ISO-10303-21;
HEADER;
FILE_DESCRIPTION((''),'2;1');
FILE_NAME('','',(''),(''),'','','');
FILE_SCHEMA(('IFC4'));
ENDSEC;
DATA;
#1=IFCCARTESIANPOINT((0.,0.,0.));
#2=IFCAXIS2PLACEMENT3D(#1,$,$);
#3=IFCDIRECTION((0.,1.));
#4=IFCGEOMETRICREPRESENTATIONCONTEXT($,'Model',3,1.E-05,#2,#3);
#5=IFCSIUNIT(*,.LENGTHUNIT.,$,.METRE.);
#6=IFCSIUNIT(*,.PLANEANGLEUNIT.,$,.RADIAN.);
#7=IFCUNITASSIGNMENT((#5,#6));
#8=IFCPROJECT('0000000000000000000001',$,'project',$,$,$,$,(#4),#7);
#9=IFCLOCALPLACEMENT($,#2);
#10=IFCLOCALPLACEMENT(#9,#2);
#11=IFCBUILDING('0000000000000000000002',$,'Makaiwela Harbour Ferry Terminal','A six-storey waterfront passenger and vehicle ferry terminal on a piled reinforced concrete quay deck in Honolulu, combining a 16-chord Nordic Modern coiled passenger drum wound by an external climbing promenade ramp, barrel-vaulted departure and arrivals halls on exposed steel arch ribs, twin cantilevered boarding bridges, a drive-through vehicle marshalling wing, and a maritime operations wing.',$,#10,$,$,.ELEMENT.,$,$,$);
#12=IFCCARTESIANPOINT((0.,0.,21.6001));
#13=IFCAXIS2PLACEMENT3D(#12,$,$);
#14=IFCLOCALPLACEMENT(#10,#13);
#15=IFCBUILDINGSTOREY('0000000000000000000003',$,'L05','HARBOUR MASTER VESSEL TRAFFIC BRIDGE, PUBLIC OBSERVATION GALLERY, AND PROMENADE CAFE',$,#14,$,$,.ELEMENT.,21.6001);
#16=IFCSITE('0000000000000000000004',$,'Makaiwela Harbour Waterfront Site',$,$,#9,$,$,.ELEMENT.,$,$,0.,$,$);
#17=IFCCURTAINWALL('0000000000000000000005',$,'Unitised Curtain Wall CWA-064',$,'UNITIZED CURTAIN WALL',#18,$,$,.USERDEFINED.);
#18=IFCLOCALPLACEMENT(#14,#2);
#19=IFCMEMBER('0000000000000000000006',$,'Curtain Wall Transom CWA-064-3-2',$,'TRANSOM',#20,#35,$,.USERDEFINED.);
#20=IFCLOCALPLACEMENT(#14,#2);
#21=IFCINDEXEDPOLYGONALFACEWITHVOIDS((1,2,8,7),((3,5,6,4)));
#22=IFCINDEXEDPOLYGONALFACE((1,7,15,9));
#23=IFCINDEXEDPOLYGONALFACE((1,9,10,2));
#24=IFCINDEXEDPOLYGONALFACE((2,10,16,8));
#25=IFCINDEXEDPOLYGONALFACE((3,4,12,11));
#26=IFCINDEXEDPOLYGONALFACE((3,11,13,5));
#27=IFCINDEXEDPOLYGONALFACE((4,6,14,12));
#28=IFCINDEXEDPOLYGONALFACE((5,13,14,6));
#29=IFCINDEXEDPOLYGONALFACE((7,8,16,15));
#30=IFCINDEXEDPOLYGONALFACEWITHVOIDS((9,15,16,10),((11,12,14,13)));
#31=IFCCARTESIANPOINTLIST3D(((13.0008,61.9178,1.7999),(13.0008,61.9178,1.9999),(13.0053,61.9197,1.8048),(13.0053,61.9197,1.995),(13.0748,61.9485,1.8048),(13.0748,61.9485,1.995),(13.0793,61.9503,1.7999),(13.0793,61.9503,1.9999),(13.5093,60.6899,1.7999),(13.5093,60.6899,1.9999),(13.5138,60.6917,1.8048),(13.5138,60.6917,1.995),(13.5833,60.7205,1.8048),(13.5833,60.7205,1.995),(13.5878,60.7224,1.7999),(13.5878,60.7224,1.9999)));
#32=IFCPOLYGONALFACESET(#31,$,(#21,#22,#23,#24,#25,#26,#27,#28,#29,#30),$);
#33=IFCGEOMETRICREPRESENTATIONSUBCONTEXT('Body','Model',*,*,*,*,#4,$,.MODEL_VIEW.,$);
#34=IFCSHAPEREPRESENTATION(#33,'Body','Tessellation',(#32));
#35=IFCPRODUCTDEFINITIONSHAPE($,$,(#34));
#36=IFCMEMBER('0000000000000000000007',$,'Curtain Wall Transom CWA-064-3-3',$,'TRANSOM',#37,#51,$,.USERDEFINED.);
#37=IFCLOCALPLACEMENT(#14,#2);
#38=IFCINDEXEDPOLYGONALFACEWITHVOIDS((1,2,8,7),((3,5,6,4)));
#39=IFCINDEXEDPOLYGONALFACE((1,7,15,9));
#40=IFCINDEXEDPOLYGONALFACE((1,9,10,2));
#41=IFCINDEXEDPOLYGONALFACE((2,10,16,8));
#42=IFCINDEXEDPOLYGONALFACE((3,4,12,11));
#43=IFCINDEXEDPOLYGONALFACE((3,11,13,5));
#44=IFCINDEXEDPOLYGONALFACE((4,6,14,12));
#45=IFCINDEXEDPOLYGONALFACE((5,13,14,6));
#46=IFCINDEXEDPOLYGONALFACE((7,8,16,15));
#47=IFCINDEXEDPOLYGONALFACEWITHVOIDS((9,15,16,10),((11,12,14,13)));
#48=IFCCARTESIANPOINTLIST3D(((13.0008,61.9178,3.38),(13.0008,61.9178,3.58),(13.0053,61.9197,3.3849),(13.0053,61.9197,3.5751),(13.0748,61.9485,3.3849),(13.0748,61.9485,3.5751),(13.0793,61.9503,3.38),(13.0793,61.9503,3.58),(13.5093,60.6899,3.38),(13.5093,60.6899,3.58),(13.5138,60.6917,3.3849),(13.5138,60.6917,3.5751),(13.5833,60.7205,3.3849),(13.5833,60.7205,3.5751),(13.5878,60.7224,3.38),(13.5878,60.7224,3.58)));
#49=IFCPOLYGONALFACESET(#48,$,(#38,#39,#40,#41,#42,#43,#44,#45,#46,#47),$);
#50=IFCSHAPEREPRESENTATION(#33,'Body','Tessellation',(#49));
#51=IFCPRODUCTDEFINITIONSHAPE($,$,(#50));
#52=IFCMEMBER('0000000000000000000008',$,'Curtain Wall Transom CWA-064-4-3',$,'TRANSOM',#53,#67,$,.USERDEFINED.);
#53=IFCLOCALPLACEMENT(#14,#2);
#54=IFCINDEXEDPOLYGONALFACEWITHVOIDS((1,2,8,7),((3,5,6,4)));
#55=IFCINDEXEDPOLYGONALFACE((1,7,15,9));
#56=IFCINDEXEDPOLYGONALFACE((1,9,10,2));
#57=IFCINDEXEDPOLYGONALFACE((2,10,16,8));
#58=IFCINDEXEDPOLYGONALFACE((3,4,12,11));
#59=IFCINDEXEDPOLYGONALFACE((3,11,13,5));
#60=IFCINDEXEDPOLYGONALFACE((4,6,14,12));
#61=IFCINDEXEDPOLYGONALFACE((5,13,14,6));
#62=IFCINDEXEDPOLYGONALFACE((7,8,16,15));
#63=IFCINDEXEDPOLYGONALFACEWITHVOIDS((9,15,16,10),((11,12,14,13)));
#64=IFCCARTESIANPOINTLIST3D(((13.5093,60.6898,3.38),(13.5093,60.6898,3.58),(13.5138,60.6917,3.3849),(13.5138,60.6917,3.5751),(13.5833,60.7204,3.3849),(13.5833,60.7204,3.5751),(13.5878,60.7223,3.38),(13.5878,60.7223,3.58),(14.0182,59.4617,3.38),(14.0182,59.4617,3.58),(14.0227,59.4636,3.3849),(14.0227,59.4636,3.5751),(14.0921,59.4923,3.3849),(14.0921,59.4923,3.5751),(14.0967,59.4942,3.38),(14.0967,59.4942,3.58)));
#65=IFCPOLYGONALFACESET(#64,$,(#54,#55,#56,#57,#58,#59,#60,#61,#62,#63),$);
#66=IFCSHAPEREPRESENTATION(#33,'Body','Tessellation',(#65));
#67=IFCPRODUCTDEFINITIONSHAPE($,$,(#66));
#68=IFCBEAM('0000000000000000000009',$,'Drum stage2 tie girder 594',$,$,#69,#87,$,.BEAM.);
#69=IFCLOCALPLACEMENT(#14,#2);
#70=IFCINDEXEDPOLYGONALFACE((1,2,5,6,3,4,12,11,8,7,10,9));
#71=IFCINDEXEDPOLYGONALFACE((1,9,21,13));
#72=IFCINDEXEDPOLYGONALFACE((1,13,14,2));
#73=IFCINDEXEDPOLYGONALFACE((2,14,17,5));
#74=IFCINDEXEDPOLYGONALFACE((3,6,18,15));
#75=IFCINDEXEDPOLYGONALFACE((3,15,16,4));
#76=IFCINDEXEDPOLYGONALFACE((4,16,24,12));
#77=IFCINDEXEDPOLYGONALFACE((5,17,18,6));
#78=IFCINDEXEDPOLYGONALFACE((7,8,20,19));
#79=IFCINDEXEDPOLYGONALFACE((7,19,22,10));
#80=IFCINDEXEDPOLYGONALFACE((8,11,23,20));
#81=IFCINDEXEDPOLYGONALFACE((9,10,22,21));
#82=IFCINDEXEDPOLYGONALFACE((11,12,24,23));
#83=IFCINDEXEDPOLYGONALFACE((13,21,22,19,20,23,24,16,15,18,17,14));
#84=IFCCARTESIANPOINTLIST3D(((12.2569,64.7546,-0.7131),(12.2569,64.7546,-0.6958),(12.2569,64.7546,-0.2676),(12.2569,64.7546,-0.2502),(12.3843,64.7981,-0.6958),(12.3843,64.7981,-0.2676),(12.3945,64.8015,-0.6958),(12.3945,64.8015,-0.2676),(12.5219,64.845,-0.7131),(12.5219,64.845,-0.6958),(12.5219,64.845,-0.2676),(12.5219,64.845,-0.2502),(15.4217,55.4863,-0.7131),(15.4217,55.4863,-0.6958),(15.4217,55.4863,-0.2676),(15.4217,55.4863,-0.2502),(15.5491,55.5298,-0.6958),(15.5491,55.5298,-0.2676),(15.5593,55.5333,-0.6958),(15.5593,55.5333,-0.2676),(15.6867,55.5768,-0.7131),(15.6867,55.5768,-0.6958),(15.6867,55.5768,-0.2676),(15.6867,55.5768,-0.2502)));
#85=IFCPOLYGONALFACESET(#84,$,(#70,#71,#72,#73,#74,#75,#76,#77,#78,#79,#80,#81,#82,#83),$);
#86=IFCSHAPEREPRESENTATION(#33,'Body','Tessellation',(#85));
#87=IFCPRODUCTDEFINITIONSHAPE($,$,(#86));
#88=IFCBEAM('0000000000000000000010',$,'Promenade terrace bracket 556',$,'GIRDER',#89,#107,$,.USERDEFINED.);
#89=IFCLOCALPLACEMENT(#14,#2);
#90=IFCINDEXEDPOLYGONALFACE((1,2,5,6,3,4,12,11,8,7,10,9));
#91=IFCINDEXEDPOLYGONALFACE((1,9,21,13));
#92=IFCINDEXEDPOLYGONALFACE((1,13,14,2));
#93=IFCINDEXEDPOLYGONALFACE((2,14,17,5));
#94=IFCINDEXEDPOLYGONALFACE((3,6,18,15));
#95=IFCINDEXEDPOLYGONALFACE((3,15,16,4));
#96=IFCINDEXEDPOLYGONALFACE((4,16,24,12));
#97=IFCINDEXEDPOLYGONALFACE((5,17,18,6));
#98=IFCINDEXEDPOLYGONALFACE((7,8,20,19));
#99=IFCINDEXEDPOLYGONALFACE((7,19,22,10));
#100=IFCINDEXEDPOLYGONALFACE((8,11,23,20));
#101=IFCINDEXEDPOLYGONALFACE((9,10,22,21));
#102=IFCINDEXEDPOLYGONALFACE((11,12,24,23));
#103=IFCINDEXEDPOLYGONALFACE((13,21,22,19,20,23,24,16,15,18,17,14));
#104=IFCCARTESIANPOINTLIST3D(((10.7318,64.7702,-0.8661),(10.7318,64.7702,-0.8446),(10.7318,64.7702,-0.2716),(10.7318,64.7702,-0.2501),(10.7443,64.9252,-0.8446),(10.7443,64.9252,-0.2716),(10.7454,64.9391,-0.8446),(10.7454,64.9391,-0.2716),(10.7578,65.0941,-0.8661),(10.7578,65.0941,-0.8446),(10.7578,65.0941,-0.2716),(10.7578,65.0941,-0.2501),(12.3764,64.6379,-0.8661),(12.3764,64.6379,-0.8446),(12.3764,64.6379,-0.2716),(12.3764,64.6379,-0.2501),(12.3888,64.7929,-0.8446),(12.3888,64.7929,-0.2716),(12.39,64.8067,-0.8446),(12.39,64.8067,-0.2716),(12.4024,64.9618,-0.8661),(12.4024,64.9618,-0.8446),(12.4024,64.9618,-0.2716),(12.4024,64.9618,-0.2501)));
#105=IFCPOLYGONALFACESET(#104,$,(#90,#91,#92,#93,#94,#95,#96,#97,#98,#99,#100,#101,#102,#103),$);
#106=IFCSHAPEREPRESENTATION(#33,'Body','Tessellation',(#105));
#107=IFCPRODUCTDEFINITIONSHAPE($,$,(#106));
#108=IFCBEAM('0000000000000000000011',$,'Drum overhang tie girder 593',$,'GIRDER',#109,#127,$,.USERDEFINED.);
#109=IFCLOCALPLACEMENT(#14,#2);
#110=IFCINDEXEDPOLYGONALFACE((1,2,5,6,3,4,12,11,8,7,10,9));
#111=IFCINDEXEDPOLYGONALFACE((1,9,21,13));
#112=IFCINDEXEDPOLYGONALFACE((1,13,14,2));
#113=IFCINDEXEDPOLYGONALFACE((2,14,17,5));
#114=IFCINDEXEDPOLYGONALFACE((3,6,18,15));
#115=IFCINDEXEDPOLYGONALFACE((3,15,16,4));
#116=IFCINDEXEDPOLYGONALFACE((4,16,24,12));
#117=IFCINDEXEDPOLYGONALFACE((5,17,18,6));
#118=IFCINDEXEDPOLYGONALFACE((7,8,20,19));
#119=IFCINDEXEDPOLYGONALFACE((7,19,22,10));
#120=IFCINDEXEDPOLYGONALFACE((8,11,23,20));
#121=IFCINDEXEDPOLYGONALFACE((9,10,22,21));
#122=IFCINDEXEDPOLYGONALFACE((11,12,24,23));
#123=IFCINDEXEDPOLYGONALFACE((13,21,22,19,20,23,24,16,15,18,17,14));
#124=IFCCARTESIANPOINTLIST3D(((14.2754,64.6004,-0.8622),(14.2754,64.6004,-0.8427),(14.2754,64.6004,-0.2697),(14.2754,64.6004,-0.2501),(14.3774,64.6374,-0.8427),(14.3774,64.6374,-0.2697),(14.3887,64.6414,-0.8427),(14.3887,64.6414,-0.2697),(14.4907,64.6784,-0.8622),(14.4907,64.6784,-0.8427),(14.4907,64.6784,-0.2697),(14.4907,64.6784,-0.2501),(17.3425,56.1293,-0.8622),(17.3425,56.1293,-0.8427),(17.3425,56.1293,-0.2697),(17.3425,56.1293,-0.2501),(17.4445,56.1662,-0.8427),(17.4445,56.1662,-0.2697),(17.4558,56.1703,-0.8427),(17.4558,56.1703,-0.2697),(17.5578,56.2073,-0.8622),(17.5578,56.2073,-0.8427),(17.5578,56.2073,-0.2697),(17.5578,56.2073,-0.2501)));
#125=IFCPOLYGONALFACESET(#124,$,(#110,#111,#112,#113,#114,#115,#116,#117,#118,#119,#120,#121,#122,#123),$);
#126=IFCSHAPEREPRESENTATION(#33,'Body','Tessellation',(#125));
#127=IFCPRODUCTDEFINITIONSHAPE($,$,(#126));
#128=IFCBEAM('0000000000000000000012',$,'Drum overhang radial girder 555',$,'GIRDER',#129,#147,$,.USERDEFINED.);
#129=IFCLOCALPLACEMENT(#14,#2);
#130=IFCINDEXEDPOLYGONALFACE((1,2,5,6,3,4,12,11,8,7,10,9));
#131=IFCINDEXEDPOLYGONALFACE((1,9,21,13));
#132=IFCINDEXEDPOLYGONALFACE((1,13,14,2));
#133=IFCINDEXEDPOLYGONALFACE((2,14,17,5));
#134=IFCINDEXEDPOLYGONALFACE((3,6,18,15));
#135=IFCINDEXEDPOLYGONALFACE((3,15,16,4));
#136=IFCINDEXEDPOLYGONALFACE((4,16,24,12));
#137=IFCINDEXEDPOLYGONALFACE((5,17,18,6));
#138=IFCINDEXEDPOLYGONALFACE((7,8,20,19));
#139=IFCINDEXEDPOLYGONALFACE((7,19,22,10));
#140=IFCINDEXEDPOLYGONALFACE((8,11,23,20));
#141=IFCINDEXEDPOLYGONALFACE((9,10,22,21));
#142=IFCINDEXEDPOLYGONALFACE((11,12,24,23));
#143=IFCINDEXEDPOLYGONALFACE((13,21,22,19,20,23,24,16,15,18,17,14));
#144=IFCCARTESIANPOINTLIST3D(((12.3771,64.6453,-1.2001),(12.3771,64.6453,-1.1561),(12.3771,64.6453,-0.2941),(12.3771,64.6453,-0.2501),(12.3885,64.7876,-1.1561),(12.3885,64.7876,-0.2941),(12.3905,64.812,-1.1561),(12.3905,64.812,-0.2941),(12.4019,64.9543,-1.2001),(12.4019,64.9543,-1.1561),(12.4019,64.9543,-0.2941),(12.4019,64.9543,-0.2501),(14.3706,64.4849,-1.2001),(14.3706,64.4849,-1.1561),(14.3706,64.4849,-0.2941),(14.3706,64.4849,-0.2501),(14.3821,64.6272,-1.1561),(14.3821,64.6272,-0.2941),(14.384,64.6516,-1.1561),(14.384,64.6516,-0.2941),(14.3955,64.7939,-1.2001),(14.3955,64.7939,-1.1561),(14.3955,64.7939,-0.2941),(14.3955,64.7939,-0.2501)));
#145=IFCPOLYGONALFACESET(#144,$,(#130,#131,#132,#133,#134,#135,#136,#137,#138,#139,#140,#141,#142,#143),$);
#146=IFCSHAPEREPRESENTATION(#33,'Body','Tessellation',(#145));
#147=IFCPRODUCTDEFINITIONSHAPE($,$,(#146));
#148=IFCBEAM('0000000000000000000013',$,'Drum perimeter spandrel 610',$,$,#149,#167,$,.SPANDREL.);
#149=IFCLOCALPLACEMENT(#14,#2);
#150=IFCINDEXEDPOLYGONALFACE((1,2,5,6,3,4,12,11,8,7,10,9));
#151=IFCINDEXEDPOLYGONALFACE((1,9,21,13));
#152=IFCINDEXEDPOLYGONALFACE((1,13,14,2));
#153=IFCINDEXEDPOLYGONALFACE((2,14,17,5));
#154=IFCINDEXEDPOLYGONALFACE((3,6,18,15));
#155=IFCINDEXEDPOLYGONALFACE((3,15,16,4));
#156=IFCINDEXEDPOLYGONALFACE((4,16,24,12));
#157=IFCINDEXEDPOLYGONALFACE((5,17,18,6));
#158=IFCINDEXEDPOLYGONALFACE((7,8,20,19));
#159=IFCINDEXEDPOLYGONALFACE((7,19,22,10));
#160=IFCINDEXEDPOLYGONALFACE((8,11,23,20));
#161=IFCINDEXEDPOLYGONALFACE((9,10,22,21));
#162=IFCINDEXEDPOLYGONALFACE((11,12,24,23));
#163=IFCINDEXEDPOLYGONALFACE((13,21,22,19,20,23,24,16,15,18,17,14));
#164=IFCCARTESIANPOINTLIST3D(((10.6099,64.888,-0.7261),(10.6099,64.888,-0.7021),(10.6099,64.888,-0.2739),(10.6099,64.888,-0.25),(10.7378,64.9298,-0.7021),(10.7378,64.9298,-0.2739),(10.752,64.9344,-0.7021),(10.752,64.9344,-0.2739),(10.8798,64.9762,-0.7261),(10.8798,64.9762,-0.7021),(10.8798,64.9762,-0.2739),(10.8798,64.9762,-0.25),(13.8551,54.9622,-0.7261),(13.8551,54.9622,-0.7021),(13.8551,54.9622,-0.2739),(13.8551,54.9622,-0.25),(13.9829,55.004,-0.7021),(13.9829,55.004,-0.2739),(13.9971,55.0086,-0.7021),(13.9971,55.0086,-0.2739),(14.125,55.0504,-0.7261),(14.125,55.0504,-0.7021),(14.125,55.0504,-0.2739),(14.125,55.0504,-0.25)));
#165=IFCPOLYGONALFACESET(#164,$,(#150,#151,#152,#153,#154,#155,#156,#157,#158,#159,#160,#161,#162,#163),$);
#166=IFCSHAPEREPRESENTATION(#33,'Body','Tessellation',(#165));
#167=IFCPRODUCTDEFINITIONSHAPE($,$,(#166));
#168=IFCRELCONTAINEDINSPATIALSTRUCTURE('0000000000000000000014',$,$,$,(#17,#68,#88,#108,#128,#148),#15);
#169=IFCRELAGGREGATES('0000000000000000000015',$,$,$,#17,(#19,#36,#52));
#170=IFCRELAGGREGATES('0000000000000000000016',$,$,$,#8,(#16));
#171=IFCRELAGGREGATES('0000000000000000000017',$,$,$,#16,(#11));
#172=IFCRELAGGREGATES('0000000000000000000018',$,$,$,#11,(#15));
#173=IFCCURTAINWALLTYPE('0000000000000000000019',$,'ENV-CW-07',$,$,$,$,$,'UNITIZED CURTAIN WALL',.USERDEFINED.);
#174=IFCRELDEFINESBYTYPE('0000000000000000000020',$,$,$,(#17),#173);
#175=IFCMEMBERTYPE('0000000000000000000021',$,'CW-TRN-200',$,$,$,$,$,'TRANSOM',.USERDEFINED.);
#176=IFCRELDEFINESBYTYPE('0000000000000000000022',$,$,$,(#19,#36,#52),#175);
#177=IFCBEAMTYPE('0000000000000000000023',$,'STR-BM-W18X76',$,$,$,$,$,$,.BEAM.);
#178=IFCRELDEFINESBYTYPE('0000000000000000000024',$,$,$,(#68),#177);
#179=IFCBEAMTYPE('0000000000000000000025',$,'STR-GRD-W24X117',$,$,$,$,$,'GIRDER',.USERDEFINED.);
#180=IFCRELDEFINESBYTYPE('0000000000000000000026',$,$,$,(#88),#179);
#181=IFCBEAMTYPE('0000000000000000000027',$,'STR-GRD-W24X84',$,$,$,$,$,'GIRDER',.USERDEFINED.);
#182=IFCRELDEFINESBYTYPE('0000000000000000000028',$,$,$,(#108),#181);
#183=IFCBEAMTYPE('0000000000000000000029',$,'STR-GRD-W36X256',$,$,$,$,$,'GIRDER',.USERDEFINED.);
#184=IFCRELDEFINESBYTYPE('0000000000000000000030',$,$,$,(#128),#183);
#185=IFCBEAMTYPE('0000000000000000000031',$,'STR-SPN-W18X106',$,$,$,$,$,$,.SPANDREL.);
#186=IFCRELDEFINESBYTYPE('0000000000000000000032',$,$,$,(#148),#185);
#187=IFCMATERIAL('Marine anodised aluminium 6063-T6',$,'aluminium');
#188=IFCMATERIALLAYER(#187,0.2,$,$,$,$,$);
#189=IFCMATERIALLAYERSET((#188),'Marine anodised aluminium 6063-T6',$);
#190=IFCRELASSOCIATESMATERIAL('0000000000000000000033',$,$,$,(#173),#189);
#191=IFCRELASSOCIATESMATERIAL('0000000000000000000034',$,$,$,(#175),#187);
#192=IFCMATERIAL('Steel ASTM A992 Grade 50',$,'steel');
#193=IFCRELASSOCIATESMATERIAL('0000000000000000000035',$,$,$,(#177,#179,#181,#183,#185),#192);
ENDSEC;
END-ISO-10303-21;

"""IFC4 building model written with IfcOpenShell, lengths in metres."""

from ifc_helpers import new_model, si_unit, direction, frame, origin, origin_2d, place, context, subcontext, project, spatial, hollow_rectangle, i_section, extrude, material, layer, layer_set, material_profile, profile_set, type_object, element, aggregate, save


model = new_model("IFC4")

# Units and contexts
model_context = context("Model", 3, precision=1e-05, world=origin(), true_north=direction((0.0, 1.0)))
body_context = subcontext(model_context, "Body", "Model", "MODEL_VIEW")
ifc_project = project(units=[si_unit("LENGTHUNIT", "METRE"), si_unit("PLANEANGLEUNIT", "RADIAN")], contexts=[model_context])

# Site, building, storey
site_placement = place(None, origin())
site = spatial("IfcSite", under=ifc_project, at=site_placement, Name="Makaiwela Harbour Waterfront Site", CompositionType="ELEMENT", RefElevation=0.0)
building_placement = place(site_placement, origin())
building = spatial("IfcBuilding", under=site, at=building_placement, Name="Makaiwela Harbour Ferry Terminal", Description="A six-storey waterfront passenger and vehicle ferry terminal on a piled reinforced concrete quay deck in Honolulu, combining a 16-chord Nordic Modern coiled passenger drum wound by an external climbing promenade ramp, barrel-vaulted departure and arrivals halls on exposed steel arch ribs, twin cantilevered boarding bridges, a drive-through vehicle marshalling wing, and a maritime operations wing.", CompositionType="ELEMENT")
storey_placement = place(building_placement, frame((0.0, 0.0, 21.6001)))
storey = spatial("IfcBuildingStorey", under=building, at=storey_placement, Name="L05", Description="HARBOUR MASTER VESSEL TRAFFIC BRIDGE, PUBLIC OBSERVATION GALLERY, AND PROMENADE CAFE", CompositionType="ELEMENT", Elevation=21.6001)

# Shared definitions
ifc_material_1 = material(Name="Marine anodised aluminium 6063-T6", Category="aluminium")
ifc_layer_1 = layer(ifc_material_1, 0.2)
ifc_layer_set_1 = layer_set([ifc_layer_1], Name="Marine anodised aluminium 6063-T6")
curtain_wall_type = type_object("IfcCurtainWallType", Name="ENV-CW-07", ElementType="UNITIZED CURTAIN WALL", PredefinedType="USERDEFINED", material=ifc_layer_set_1)

# Curtain wall, members
curtain_wall_1_placement = place(storey_placement, origin())
curtain_wall_1 = element("IfcCurtainWall", 1, at=curtain_wall_1_placement, inside=storey, type_object=curtain_wall_type, Name="Unitised Curtain Wall CWA-064", ObjectType="UNITIZED CURTAIN WALL", PredefinedType="USERDEFINED")
ifc_material_profile_1 = material_profile(ifc_material_1, hollow_rectangle(XDim=0.085, YDim=0.2, WallThickness=0.0049, at=origin_2d()), Name="CWT-200X85")
ifc_profile_set_1 = profile_set([ifc_material_profile_1], Name="Marine anodised aluminium 6063-T6")
member_type_1 = type_object("IfcMemberType", Name="CW-TRN-200", ElementType="TRANSOM", PredefinedType="USERDEFINED", material=ifc_profile_set_1)
member_1_placement = place(storey_placement, frame((13.04, 61.9341, 1.8999), z_axis=(0.382606, -0.923912, 0.0), x_axis=(0.923912, 0.382606, 0.0)))
member_1 = element("IfcMember", 2, at=member_1_placement, type_object=member_type_1, Name="Curtain Wall Transom CWA-064-3-2", ObjectType="TRANSOM", PredefinedType="USERDEFINED", context=body_context, shape_type="SweptSolid", body=[
    extrude(hollow_rectangle(XDim=0.085, YDim=0.2, WallThickness=0.0049, at=origin_2d()), origin(), (0.0, 0.0, 1.0), 1.3291),
])
member_2_placement = place(storey_placement, frame((13.04, 61.9341, 3.48), z_axis=(0.382606, -0.923912, 0.0), x_axis=(0.923912, 0.382606, 0.0)))
member_2 = element("IfcMember", 3, at=member_2_placement, type_object=member_type_1, Name="Curtain Wall Transom CWA-064-3-3", ObjectType="TRANSOM", PredefinedType="USERDEFINED", context=body_context, shape_type="SweptSolid", body=[
    extrude(hollow_rectangle(XDim=0.085, YDim=0.2, WallThickness=0.0049, at=origin_2d()), origin(), (0.0, 0.0, 1.0), 1.3291),
])
member_3_placement = place(storey_placement, frame((13.5486, 60.7061, 3.48), z_axis=(0.382763, -0.923847, 0.0), x_axis=(0.923847, 0.382763, 0.0)))
member_3 = element("IfcMember", 4, at=member_3_placement, type_object=member_type_1, Name="Curtain Wall Transom CWA-064-4-3", ObjectType="TRANSOM", PredefinedType="USERDEFINED", context=body_context, shape_type="SweptSolid", body=[
    extrude(hollow_rectangle(XDim=0.085, YDim=0.2, WallThickness=0.0049, at=origin_2d()), origin(), (0.0, 0.0, 1.0), 1.3293),
])

# Beams
ifc_material_2 = material(Name="Steel ASTM A992 Grade 50", Category="steel")
ifc_material_profile_2 = material_profile(ifc_material_2, i_section(OverallWidth=0.28, OverallDepth=0.4629, WebThickness=0.0107, FlangeThickness=0.0173, at=origin_2d()), Name="W18X76")
ifc_profile_set_2 = profile_set([ifc_material_profile_2], Name="Steel ASTM A992 Grade 50")
beam_type_1 = type_object("IfcBeamType", Name="STR-BM-W18X76", PredefinedType="BEAM", material=ifc_profile_set_2)
beam_1_placement = place(storey_placement, frame((12.3894, 64.7998, -0.4817), z_axis=(0.323144, -0.94635, 0.0), x_axis=(0.94635, 0.323144, 0.0)))
element("IfcBeam", 5, at=beam_1_placement, inside=storey, type_object=beam_type_1, Name="Drum stage2 tie girder 594", PredefinedType="BEAM", context=body_context, shape_type="SweptSolid", body=[
    extrude(i_section(OverallWidth=0.28, OverallDepth=0.4629, WebThickness=0.0107, FlangeThickness=0.0173, at=origin_2d()), origin(), (0.0, 0.0, 1.0), 9.7937),
])
ifc_material_profile_3 = material_profile(ifc_material_2, i_section(OverallWidth=0.325, OverallDepth=0.616, WebThickness=0.0139, FlangeThickness=0.0215, at=origin_2d()), Name="W24X117")
ifc_profile_set_3 = profile_set([ifc_material_profile_3], Name="Steel ASTM A992 Grade 50")
beam_type_2 = type_object("IfcBeamType", Name="STR-GRD-W24X117", ElementType="GIRDER", PredefinedType="USERDEFINED", material=ifc_profile_set_3)
beam_2_placement = place(storey_placement, frame((12.3894, 64.7998, -0.5581), z_axis=(-0.996778, 0.080204, 0.0), x_axis=(-0.080204, -0.996778, 0.0)))
element("IfcBeam", 6, at=beam_2_placement, inside=storey, type_object=beam_type_2, Name="Promenade terrace bracket 556", ObjectType="GIRDER", PredefinedType="USERDEFINED", context=body_context, shape_type="SweptSolid", body=[
    extrude(i_section(OverallWidth=0.325, OverallDepth=0.616, WebThickness=0.0139, FlangeThickness=0.0215, at=origin_2d()), origin(), (0.0, 0.0, 1.0), 1.6499),
])
ifc_material_profile_4 = material_profile(ifc_material_2, i_section(OverallWidth=0.229, OverallDepth=0.6121, WebThickness=0.012, FlangeThickness=0.0195, at=origin_2d()), Name="W24X84")
ifc_profile_set_4 = profile_set([ifc_material_profile_4], Name="Steel ASTM A992 Grade 50")
beam_type_3 = type_object("IfcBeamType", Name="STR-GRD-W24X84", ElementType="GIRDER", PredefinedType="USERDEFINED", material=ifc_profile_set_4)
beam_3_placement = place(storey_placement, frame((14.3831, 64.6394, -0.5562), z_axis=(0.340439, -0.940266, 0.0), x_axis=(0.940266, 0.340439, 0.0)))
element("IfcBeam", 7, at=beam_3_placement, inside=storey, type_object=beam_type_3, Name="Drum overhang tie girder 593", ObjectType="GIRDER", PredefinedType="USERDEFINED", context=body_context, shape_type="SweptSolid", body=[
    extrude(i_section(OverallWidth=0.229, OverallDepth=0.6121, WebThickness=0.012, FlangeThickness=0.0195, at=origin_2d()), origin(), (0.0, 0.0, 1.0), 9.0093),
])
ifc_material_profile_5 = material_profile(ifc_material_2, i_section(OverallWidth=0.3101, OverallDepth=0.95, WebThickness=0.0244, FlangeThickness=0.0439, at=origin_2d()), Name="W36X256")
ifc_profile_set_5 = profile_set([ifc_material_profile_5], Name="Steel ASTM A992 Grade 50")
beam_type_4 = type_object("IfcBeamType", Name="STR-GRD-W36X256", ElementType="GIRDER", PredefinedType="USERDEFINED", material=ifc_profile_set_5)
beam_4_placement = place(storey_placement, frame((14.3831, 64.6394, -0.7251), z_axis=(-0.996779, 0.080196, 0.0), x_axis=(-0.080196, -0.996779, 0.0)))
element("IfcBeam", 8, at=beam_4_placement, inside=storey, type_object=beam_type_4, Name="Drum overhang radial girder 555", ObjectType="GIRDER", PredefinedType="USERDEFINED", context=body_context, shape_type="SweptSolid", body=[
    extrude(i_section(OverallWidth=0.3101, OverallDepth=0.95, WebThickness=0.0244, FlangeThickness=0.0439, at=origin_2d()), origin(), (0.0, 0.0, 1.0), 2.0),
])
ifc_material_profile_6 = material_profile(ifc_material_2, i_section(OverallWidth=0.2839, OverallDepth=0.4761, WebThickness=0.0149, FlangeThickness=0.0239, at=origin_2d()), Name="W18X106")
ifc_profile_set_6 = profile_set([ifc_material_profile_6], Name="Steel ASTM A992 Grade 50")
beam_type_5 = type_object("IfcBeamType", Name="STR-SPN-W18X106", PredefinedType="SPANDREL", material=ifc_profile_set_6)
beam_5_placement = place(storey_placement, frame((10.7449, 64.9321, -0.488), z_axis=(0.310752, -0.950491, 0.0), x_axis=(0.950491, 0.310752, 0.0)))
element("IfcBeam", 9, at=beam_5_placement, inside=storey, type_object=beam_type_5, Name="Drum perimeter spandrel 610", PredefinedType="SPANDREL", context=body_context, shape_type="SweptSolid", body=[
    extrude(i_section(OverallWidth=0.2839, OverallDepth=0.4761, WebThickness=0.0149, FlangeThickness=0.0239, at=origin_2d()), origin(), (0.0, 0.0, 1.0), 10.4429),
])

aggregate(curtain_wall_1, [member_1, member_2, member_3])

save(model, "model.ifc")
